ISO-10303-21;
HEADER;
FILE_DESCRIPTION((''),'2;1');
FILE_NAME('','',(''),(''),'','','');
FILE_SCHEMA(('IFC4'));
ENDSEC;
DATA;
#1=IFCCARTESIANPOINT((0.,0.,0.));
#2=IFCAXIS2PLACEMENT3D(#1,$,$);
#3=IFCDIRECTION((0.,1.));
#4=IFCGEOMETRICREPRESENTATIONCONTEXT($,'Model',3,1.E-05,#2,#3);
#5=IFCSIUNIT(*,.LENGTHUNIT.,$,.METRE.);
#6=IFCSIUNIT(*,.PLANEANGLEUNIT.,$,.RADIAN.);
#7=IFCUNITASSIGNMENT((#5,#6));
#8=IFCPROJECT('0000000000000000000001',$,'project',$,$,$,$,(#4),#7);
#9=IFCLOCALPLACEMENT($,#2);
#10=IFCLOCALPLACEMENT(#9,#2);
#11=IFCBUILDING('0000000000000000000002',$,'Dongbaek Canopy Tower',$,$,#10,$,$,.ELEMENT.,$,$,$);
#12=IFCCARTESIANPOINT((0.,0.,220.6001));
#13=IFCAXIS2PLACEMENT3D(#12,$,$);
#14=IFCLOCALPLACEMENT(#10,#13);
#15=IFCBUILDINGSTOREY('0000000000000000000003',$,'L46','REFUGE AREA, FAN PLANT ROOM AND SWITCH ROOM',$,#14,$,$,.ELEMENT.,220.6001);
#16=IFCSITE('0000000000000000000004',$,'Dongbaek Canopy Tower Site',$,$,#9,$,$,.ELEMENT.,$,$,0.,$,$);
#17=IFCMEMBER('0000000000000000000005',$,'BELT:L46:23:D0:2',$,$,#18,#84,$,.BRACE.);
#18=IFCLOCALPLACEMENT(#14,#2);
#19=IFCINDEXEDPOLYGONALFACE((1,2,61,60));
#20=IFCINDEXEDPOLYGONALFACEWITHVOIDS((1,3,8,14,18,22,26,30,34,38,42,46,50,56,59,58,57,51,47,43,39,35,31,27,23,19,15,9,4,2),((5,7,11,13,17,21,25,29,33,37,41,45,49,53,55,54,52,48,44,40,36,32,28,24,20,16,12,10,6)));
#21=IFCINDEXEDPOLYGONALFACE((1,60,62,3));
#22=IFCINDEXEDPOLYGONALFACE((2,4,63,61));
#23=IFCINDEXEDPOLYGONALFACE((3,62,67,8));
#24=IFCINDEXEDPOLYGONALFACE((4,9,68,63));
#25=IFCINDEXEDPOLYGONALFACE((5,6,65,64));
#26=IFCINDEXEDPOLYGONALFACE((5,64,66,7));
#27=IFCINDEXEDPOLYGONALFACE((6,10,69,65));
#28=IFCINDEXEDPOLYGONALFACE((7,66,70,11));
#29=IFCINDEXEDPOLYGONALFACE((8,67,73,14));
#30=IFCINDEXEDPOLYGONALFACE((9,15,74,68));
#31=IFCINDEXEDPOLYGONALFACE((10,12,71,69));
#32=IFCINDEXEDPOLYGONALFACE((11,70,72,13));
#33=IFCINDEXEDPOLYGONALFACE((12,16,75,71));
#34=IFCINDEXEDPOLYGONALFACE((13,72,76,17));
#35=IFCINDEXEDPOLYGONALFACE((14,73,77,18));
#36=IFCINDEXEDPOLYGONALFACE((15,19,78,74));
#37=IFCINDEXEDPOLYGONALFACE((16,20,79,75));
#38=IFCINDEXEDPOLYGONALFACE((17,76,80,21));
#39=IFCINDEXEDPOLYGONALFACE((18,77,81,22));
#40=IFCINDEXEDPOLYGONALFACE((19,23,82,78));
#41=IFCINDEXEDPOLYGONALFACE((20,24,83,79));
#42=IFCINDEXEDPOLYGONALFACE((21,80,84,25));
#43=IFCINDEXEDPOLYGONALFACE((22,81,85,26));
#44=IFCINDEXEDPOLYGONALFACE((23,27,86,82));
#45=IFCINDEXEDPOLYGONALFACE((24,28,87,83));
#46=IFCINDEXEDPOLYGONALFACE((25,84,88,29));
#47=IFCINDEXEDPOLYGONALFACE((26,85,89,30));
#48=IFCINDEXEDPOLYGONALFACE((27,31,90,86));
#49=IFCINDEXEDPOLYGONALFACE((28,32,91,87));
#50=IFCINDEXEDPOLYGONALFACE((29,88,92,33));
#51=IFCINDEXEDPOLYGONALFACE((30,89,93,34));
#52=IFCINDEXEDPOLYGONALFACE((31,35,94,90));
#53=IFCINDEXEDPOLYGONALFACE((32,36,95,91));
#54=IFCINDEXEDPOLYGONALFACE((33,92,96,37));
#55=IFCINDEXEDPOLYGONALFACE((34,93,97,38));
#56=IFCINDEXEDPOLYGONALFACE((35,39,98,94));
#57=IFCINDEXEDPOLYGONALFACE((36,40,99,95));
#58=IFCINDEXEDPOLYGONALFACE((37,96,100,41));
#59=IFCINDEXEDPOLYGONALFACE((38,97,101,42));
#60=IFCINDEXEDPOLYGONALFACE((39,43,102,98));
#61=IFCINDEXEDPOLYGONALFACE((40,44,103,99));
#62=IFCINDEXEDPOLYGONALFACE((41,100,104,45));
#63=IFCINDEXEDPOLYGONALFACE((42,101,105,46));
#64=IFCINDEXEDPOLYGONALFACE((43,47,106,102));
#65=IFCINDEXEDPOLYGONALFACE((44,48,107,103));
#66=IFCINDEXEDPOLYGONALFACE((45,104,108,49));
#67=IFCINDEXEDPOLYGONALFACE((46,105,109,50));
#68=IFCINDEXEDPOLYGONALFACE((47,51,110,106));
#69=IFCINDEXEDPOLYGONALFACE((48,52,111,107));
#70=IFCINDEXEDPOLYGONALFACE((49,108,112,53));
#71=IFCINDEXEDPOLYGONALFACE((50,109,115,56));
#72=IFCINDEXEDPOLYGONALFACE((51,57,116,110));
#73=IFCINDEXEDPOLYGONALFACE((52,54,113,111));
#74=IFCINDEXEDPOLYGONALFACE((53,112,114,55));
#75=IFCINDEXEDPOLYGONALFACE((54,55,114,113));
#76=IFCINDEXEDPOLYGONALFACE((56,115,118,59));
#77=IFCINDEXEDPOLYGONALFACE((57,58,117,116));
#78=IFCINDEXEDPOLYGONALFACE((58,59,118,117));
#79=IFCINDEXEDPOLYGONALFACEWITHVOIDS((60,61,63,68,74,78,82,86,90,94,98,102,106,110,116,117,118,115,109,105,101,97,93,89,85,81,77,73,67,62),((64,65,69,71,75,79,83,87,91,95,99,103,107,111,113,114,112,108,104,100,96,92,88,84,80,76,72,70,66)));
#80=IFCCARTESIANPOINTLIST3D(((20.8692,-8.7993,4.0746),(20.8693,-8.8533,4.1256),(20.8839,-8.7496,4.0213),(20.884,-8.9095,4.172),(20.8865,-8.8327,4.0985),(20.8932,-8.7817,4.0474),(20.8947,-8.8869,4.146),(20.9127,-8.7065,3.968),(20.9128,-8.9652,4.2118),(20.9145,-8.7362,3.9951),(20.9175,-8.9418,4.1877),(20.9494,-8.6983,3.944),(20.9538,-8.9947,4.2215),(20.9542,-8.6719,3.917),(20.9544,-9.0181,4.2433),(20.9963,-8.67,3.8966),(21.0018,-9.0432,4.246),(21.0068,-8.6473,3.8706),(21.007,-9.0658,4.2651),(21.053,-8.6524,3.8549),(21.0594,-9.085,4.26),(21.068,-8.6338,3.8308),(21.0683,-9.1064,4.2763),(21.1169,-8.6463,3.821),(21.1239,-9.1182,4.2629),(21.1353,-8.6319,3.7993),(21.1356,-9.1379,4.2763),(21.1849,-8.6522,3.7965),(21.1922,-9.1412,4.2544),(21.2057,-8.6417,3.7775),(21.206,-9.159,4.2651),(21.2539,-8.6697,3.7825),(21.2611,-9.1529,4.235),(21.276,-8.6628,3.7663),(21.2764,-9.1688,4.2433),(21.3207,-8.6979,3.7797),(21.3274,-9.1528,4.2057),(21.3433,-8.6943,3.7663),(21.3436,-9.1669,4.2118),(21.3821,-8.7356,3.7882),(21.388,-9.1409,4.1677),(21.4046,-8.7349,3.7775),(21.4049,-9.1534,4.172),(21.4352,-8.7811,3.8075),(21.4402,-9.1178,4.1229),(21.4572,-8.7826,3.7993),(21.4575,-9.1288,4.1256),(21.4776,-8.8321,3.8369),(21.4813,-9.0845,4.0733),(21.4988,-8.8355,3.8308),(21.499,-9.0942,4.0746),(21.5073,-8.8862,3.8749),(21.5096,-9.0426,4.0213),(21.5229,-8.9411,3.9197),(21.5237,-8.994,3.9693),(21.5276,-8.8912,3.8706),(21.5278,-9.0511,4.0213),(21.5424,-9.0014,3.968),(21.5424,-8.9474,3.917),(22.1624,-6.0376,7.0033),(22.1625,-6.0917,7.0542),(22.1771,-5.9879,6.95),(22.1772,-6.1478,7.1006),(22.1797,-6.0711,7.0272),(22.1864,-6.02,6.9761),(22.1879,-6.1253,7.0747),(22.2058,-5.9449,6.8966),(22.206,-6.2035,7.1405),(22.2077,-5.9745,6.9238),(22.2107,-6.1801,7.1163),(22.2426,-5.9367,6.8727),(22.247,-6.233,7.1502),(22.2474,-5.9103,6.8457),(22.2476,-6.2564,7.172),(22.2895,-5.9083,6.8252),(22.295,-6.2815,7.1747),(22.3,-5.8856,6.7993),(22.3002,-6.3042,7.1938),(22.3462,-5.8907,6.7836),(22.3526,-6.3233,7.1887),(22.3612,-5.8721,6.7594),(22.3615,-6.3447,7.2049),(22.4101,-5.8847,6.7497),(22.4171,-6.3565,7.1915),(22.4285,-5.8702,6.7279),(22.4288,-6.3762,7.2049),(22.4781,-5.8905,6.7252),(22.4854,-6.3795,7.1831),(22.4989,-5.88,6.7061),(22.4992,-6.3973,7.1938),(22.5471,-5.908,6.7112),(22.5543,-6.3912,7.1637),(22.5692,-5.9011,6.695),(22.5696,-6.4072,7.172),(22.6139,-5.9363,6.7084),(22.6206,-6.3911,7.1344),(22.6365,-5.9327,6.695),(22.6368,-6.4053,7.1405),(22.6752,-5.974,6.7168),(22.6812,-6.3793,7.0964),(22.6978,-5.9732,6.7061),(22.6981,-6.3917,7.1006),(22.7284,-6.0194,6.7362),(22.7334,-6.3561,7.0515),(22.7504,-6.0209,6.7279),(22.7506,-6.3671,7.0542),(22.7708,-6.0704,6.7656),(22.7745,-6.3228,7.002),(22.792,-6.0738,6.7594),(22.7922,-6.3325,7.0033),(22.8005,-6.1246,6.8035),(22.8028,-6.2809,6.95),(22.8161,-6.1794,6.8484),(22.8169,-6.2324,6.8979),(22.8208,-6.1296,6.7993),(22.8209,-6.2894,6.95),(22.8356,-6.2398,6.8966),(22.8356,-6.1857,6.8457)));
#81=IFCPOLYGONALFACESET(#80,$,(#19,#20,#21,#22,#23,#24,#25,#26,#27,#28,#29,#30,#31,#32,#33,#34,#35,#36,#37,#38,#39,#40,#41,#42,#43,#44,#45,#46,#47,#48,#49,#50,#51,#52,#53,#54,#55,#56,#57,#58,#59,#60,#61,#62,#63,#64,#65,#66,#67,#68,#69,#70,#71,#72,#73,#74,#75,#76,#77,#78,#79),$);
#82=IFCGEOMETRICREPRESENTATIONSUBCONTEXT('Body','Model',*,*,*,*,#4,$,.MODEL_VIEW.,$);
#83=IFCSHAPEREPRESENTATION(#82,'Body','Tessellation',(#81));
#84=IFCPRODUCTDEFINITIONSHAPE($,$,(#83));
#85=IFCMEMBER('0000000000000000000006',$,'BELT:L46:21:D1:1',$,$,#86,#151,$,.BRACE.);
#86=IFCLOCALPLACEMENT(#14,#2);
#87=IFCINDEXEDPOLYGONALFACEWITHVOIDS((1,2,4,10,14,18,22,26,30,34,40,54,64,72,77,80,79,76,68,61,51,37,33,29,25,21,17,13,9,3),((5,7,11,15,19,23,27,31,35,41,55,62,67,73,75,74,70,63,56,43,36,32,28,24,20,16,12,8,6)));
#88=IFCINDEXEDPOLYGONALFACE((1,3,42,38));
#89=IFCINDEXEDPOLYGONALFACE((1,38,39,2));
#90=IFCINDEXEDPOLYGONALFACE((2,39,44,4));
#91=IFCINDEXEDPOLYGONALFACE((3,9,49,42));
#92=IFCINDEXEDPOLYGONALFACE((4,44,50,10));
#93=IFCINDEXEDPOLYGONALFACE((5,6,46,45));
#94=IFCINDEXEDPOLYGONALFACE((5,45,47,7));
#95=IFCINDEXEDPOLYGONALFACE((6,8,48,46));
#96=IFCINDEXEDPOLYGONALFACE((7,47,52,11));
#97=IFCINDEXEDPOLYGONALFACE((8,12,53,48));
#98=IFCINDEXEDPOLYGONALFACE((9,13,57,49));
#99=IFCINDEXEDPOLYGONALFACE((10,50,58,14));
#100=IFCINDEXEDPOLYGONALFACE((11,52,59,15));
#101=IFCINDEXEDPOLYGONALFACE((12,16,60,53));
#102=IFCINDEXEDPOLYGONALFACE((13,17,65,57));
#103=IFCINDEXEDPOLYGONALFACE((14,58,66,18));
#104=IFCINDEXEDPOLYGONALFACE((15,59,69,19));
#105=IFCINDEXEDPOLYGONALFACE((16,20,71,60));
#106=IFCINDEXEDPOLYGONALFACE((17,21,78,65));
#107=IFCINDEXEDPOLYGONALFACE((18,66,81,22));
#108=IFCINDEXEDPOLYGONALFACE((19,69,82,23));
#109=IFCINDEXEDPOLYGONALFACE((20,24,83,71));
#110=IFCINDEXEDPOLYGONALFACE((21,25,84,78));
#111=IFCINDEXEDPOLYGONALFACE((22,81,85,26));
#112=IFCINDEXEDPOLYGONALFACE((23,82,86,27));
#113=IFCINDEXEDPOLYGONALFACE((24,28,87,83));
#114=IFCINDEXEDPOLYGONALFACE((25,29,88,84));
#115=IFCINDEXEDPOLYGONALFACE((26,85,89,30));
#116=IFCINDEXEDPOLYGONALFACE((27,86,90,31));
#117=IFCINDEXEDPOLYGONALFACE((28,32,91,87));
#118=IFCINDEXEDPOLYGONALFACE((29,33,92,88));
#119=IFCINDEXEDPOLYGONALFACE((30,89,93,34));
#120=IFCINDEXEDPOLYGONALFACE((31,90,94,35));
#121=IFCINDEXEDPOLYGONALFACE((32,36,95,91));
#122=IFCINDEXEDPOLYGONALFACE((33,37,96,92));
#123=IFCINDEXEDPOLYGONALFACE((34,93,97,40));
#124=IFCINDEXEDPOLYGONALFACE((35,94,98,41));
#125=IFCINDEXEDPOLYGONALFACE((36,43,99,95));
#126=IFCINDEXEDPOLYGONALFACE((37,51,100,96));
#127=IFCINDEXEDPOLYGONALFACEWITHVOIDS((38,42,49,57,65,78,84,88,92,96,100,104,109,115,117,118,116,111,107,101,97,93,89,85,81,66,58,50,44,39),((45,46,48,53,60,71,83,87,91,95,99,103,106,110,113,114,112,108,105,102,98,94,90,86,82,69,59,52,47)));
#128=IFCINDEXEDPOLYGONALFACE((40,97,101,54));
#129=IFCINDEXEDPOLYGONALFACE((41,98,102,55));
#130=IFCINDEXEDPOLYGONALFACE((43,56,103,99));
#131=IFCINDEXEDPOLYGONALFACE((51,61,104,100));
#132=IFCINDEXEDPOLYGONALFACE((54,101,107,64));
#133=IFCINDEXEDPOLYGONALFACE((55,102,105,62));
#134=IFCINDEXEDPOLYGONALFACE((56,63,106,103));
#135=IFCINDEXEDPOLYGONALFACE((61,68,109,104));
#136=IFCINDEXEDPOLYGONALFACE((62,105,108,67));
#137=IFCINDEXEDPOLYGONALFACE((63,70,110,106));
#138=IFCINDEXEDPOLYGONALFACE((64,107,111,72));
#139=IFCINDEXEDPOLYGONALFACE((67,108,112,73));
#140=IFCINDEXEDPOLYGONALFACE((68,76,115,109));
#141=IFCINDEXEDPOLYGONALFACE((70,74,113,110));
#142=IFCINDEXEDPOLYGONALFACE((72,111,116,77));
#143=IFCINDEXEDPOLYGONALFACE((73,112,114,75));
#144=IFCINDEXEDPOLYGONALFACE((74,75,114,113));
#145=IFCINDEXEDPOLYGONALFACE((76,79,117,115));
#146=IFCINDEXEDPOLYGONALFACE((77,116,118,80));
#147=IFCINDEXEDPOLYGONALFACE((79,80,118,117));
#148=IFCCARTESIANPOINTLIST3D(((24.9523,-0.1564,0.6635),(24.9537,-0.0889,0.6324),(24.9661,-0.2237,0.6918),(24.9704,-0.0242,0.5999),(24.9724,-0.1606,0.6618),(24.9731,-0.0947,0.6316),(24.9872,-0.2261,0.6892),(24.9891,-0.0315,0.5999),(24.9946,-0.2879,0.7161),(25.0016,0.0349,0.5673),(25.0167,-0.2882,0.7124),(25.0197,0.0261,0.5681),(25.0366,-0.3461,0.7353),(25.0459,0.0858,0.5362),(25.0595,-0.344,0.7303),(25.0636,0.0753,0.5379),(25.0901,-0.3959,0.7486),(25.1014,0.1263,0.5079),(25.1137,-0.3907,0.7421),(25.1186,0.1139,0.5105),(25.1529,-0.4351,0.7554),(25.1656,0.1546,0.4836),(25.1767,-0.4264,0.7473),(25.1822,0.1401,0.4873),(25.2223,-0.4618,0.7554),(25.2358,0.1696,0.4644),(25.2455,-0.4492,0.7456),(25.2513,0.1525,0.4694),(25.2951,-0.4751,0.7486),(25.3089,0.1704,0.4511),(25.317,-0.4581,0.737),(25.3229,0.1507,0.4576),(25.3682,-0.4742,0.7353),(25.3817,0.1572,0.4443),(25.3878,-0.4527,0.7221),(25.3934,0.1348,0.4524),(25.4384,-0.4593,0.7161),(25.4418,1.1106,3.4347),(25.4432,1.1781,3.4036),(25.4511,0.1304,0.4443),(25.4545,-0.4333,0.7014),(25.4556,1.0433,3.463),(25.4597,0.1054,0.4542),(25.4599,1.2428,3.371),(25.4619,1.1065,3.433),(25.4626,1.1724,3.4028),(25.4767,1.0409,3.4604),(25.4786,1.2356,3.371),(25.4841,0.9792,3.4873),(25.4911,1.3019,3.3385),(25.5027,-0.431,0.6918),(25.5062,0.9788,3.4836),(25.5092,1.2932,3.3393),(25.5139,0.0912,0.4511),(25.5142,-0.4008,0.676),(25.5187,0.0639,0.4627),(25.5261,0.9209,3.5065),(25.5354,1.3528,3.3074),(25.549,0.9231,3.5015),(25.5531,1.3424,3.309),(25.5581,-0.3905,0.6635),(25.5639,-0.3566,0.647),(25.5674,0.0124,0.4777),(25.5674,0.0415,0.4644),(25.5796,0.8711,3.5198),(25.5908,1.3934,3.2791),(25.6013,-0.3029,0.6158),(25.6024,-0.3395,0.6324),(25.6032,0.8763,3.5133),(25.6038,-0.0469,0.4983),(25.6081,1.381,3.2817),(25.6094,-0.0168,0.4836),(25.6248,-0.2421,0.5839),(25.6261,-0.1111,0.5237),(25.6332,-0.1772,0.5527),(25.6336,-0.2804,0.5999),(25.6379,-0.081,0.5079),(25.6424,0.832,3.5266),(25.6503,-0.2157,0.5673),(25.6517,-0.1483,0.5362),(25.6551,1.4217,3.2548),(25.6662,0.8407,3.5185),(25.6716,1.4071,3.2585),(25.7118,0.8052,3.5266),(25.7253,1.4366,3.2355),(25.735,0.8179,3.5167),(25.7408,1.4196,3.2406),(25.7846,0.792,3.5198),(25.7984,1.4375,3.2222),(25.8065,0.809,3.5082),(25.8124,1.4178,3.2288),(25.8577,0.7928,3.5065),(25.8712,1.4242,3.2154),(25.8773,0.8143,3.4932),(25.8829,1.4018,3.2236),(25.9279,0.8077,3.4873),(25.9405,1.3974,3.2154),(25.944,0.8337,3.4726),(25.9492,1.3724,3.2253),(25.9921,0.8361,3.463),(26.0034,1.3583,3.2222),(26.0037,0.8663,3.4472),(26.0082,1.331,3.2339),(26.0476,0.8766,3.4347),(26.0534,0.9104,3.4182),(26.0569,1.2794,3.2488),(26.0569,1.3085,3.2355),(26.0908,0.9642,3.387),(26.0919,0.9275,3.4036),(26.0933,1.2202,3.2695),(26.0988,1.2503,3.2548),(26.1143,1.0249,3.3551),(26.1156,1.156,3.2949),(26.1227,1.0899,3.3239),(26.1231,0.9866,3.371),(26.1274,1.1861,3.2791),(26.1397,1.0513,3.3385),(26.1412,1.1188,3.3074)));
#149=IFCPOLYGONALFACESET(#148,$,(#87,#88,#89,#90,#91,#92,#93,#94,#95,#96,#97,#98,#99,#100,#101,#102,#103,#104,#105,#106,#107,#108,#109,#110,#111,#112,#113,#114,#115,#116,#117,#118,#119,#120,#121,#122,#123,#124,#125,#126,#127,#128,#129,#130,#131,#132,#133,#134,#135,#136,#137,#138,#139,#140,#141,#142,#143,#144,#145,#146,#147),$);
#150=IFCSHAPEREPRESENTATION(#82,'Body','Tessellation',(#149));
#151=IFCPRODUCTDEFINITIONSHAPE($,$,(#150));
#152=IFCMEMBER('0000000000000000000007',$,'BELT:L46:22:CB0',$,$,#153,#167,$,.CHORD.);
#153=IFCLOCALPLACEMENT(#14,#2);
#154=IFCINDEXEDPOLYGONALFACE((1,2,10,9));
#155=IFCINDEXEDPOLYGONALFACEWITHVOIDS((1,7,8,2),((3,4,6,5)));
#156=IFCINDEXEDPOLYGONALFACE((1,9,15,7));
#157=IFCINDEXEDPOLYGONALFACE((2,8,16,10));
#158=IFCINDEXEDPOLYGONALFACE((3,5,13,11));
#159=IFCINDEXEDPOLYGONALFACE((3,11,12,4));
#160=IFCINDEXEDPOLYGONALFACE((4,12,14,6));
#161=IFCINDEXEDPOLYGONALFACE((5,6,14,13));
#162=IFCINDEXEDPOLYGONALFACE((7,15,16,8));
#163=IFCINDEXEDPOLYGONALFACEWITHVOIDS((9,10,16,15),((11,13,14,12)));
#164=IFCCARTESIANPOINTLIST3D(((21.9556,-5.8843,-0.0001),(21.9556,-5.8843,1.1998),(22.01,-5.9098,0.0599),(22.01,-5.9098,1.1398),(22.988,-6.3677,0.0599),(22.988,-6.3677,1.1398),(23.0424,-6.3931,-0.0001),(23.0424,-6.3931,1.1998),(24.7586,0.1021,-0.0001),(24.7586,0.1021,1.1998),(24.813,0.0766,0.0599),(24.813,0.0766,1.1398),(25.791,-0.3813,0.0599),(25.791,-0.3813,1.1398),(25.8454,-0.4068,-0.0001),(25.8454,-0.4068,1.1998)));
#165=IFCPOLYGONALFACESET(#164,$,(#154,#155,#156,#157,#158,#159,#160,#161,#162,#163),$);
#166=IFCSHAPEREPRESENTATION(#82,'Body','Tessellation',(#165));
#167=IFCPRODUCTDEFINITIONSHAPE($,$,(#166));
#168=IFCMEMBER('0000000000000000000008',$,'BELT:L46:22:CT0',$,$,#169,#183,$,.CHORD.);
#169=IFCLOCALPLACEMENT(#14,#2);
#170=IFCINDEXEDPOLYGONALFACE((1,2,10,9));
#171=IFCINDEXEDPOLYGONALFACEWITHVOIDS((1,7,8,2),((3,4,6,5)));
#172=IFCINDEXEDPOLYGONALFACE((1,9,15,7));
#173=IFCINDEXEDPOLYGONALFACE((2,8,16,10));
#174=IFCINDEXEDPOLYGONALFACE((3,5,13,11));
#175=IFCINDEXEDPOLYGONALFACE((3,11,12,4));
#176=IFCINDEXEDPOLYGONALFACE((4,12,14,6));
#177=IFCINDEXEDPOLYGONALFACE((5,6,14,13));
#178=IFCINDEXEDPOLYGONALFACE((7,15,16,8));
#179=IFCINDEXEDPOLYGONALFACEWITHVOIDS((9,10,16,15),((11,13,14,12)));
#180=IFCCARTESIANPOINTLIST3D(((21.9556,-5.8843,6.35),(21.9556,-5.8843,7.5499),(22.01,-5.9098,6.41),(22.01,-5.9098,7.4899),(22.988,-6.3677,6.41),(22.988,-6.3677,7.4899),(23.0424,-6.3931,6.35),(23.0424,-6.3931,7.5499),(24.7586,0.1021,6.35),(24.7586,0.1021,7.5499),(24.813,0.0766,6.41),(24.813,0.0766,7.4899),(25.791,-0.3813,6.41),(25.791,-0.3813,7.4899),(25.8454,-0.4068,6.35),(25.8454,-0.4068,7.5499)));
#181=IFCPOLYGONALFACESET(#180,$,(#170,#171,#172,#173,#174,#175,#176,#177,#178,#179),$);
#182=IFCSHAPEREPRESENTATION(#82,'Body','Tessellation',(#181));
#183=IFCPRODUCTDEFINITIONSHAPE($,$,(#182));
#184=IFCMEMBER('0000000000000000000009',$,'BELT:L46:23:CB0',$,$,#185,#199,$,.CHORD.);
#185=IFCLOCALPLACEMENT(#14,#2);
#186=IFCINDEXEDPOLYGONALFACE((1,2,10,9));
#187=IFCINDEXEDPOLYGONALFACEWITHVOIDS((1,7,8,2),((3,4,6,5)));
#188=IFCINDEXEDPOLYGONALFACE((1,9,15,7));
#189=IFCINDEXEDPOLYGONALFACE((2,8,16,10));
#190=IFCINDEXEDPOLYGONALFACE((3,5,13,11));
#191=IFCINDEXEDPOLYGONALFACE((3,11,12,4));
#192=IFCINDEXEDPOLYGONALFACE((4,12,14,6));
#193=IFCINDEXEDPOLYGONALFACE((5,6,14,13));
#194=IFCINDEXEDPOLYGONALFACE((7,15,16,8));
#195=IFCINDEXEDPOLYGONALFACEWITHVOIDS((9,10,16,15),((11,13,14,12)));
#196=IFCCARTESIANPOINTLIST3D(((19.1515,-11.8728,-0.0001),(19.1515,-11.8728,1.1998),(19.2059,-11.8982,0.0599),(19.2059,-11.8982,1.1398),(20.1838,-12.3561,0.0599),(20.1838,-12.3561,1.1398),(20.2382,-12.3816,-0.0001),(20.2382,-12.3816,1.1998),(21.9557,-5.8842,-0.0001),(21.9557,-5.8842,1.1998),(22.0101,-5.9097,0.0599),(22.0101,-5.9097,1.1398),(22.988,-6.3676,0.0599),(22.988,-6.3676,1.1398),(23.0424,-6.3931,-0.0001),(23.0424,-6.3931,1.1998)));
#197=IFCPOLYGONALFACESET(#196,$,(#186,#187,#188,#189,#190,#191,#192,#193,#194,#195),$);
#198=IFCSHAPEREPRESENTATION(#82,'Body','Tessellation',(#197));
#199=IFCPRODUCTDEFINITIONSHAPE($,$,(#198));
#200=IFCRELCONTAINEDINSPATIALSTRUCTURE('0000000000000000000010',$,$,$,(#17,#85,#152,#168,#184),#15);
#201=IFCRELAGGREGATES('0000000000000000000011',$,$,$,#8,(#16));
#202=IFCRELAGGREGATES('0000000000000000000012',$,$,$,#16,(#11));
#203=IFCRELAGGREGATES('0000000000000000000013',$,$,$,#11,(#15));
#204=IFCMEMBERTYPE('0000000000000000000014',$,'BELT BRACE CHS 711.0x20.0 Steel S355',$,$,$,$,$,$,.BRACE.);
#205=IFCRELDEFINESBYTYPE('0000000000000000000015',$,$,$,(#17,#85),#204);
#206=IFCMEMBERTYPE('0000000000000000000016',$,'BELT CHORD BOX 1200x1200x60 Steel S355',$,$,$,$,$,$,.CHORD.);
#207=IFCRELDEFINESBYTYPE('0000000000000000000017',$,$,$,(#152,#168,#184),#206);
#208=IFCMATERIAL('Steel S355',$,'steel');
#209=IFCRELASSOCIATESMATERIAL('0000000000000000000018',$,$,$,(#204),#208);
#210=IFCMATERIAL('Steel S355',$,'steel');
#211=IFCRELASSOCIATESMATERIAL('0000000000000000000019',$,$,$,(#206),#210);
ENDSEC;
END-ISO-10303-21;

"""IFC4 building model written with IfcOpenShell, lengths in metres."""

from ifc_helpers import new_model, si_unit, direction, frame, origin, origin_2d, place, context, subcontext, project, spatial, hollow_rectangle, hollow_circle, extrude, material, material_profile, profile_set, type_object, element, save


model = new_model("IFC4")

# Units and contexts
model_context = context("Model", 3, precision=1e-05, world=origin(), true_north=direction((0.0, 1.0)))
body_context = subcontext(model_context, "Body", "Model", "MODEL_VIEW")
ifc_project = project(units=[si_unit("LENGTHUNIT", "METRE"), si_unit("PLANEANGLEUNIT", "RADIAN")], contexts=[model_context])

# Site, building, storey
site_placement = place(None, origin())
site = spatial("IfcSite", under=ifc_project, at=site_placement, Name="Dongbaek Canopy Tower Site", CompositionType="ELEMENT", RefElevation=0.0)
building_placement = place(site_placement, origin())
building = spatial("IfcBuilding", under=site, at=building_placement, Name="Dongbaek Canopy Tower", CompositionType="ELEMENT")
storey_placement = place(building_placement, frame((0.0, 0.0, 220.6001)))
storey = spatial("IfcBuildingStorey", under=building, at=storey_placement, Name="L46", Description="REFUGE AREA, FAN PLANT ROOM AND SWITCH ROOM", CompositionType="ELEMENT", Elevation=220.6001)

# Members
ifc_material_1 = material(Name="Steel S355", Category="steel")
ifc_material_profile_1 = material_profile(ifc_material_1, hollow_circle(Radius=0.3555, WallThickness=0.02, at=origin_2d()), Name="BELT BRACE CHS 711.0x20.0 Steel S355")
ifc_profile_set_1 = profile_set([ifc_material_profile_1], Name="Steel S355")
member_type_1 = type_object("IfcMemberType", Name="BELT BRACE CHS 711.0x20.0 Steel S355", PredefinedType="BRACE", material=ifc_profile_set_1)
member_1_placement = place(storey_placement, frame((22.499, -6.1387, 6.95), z_axis=(-0.305861, -0.653182, -0.692678), x_axis=(0.905628, -0.424073, 0.0)))
element("IfcMember", 1, at=member_1_placement, inside=storey, type_object=member_type_1, Name="BELT:L46:23:D0:2", PredefinedType="BRACE", context=body_context, shape_type="SweptSolid", body=[
    extrude(hollow_circle(Radius=0.3555, WallThickness=0.02, at=origin_2d()), origin(), (0.0, 0.0, 1.0), 4.228),
])
member_2_placement = place(storey_placement, frame((25.302, -0.1523, 0.5999), z_axis=(0.158608, 0.410561, 0.897933), x_axis=(-0.932812, 0.360364, 0.0)))
element("IfcMember", 2, at=member_2_placement, inside=storey, type_object=member_type_1, Name="BELT:L46:21:D1:1", PredefinedType="BRACE", context=body_context, shape_type="SweptSolid", body=[
    extrude(hollow_circle(Radius=0.3555, WallThickness=0.02, at=origin_2d()), origin(), (0.0, 0.0, 1.0), 3.0862),
])
ifc_material_2 = material(Name="Steel S355", Category="steel")
ifc_material_profile_2 = material_profile(ifc_material_2, hollow_rectangle(XDim=1.2, YDim=1.2, WallThickness=0.0601, at=origin_2d()), Name="BELT CHORD BOX 1200x1200x60 Steel S355")
ifc_profile_set_2 = profile_set([ifc_material_profile_2], Name="Steel S355")
member_type_2 = type_object("IfcMemberType", Name="BELT CHORD BOX 1200x1200x60 Steel S355", PredefinedType="CHORD", material=ifc_profile_set_2)
for number, where, z_axis, x_axis, name in (
    (3, (25.302, -0.1523, 0.5999), (-0.424048, -0.90564, 0.0), (0.90564, -0.424048, 0.0), "BELT:L46:22:CB0"),
    (4, (25.302, -0.1523, 6.95), (-0.424048, -0.90564, 0.0), (0.90564, -0.424048, 0.0), "BELT:L46:22:CT0"),
):
    element("IfcMember", number, at=place(storey_placement, frame(where, z_axis=z_axis, x_axis=x_axis)), inside=storey, type_object=member_type_2, Name=name, PredefinedType="CHORD", context=body_context, shape_type="SweptSolid", body=[
        extrude(hollow_rectangle(XDim=1.2, YDim=1.2, WallThickness=0.0601, at=origin_2d()), origin(), (0.0, 0.0, 1.0), 6.6101),
    ])
for number, where, z_axis, x_axis, name in (
    (5, (22.499, -6.1387, 0.5999), (-0.424072, -0.905629, 0.0), (0.905629, -0.424072, 0.0), "BELT:L46:23:CB0"),
):
    element("IfcMember", number, at=place(storey_placement, frame(where, z_axis=z_axis, x_axis=x_axis)), inside=storey, type_object=member_type_2, Name=name, PredefinedType="CHORD", context=body_context, shape_type="SweptSolid", body=[
        extrude(hollow_rectangle(XDim=1.2, YDim=1.2, WallThickness=0.0601, at=origin_2d()), origin(), (0.0, 0.0, 1.0), 6.6125),
    ])

save(model, "model.ifc")
